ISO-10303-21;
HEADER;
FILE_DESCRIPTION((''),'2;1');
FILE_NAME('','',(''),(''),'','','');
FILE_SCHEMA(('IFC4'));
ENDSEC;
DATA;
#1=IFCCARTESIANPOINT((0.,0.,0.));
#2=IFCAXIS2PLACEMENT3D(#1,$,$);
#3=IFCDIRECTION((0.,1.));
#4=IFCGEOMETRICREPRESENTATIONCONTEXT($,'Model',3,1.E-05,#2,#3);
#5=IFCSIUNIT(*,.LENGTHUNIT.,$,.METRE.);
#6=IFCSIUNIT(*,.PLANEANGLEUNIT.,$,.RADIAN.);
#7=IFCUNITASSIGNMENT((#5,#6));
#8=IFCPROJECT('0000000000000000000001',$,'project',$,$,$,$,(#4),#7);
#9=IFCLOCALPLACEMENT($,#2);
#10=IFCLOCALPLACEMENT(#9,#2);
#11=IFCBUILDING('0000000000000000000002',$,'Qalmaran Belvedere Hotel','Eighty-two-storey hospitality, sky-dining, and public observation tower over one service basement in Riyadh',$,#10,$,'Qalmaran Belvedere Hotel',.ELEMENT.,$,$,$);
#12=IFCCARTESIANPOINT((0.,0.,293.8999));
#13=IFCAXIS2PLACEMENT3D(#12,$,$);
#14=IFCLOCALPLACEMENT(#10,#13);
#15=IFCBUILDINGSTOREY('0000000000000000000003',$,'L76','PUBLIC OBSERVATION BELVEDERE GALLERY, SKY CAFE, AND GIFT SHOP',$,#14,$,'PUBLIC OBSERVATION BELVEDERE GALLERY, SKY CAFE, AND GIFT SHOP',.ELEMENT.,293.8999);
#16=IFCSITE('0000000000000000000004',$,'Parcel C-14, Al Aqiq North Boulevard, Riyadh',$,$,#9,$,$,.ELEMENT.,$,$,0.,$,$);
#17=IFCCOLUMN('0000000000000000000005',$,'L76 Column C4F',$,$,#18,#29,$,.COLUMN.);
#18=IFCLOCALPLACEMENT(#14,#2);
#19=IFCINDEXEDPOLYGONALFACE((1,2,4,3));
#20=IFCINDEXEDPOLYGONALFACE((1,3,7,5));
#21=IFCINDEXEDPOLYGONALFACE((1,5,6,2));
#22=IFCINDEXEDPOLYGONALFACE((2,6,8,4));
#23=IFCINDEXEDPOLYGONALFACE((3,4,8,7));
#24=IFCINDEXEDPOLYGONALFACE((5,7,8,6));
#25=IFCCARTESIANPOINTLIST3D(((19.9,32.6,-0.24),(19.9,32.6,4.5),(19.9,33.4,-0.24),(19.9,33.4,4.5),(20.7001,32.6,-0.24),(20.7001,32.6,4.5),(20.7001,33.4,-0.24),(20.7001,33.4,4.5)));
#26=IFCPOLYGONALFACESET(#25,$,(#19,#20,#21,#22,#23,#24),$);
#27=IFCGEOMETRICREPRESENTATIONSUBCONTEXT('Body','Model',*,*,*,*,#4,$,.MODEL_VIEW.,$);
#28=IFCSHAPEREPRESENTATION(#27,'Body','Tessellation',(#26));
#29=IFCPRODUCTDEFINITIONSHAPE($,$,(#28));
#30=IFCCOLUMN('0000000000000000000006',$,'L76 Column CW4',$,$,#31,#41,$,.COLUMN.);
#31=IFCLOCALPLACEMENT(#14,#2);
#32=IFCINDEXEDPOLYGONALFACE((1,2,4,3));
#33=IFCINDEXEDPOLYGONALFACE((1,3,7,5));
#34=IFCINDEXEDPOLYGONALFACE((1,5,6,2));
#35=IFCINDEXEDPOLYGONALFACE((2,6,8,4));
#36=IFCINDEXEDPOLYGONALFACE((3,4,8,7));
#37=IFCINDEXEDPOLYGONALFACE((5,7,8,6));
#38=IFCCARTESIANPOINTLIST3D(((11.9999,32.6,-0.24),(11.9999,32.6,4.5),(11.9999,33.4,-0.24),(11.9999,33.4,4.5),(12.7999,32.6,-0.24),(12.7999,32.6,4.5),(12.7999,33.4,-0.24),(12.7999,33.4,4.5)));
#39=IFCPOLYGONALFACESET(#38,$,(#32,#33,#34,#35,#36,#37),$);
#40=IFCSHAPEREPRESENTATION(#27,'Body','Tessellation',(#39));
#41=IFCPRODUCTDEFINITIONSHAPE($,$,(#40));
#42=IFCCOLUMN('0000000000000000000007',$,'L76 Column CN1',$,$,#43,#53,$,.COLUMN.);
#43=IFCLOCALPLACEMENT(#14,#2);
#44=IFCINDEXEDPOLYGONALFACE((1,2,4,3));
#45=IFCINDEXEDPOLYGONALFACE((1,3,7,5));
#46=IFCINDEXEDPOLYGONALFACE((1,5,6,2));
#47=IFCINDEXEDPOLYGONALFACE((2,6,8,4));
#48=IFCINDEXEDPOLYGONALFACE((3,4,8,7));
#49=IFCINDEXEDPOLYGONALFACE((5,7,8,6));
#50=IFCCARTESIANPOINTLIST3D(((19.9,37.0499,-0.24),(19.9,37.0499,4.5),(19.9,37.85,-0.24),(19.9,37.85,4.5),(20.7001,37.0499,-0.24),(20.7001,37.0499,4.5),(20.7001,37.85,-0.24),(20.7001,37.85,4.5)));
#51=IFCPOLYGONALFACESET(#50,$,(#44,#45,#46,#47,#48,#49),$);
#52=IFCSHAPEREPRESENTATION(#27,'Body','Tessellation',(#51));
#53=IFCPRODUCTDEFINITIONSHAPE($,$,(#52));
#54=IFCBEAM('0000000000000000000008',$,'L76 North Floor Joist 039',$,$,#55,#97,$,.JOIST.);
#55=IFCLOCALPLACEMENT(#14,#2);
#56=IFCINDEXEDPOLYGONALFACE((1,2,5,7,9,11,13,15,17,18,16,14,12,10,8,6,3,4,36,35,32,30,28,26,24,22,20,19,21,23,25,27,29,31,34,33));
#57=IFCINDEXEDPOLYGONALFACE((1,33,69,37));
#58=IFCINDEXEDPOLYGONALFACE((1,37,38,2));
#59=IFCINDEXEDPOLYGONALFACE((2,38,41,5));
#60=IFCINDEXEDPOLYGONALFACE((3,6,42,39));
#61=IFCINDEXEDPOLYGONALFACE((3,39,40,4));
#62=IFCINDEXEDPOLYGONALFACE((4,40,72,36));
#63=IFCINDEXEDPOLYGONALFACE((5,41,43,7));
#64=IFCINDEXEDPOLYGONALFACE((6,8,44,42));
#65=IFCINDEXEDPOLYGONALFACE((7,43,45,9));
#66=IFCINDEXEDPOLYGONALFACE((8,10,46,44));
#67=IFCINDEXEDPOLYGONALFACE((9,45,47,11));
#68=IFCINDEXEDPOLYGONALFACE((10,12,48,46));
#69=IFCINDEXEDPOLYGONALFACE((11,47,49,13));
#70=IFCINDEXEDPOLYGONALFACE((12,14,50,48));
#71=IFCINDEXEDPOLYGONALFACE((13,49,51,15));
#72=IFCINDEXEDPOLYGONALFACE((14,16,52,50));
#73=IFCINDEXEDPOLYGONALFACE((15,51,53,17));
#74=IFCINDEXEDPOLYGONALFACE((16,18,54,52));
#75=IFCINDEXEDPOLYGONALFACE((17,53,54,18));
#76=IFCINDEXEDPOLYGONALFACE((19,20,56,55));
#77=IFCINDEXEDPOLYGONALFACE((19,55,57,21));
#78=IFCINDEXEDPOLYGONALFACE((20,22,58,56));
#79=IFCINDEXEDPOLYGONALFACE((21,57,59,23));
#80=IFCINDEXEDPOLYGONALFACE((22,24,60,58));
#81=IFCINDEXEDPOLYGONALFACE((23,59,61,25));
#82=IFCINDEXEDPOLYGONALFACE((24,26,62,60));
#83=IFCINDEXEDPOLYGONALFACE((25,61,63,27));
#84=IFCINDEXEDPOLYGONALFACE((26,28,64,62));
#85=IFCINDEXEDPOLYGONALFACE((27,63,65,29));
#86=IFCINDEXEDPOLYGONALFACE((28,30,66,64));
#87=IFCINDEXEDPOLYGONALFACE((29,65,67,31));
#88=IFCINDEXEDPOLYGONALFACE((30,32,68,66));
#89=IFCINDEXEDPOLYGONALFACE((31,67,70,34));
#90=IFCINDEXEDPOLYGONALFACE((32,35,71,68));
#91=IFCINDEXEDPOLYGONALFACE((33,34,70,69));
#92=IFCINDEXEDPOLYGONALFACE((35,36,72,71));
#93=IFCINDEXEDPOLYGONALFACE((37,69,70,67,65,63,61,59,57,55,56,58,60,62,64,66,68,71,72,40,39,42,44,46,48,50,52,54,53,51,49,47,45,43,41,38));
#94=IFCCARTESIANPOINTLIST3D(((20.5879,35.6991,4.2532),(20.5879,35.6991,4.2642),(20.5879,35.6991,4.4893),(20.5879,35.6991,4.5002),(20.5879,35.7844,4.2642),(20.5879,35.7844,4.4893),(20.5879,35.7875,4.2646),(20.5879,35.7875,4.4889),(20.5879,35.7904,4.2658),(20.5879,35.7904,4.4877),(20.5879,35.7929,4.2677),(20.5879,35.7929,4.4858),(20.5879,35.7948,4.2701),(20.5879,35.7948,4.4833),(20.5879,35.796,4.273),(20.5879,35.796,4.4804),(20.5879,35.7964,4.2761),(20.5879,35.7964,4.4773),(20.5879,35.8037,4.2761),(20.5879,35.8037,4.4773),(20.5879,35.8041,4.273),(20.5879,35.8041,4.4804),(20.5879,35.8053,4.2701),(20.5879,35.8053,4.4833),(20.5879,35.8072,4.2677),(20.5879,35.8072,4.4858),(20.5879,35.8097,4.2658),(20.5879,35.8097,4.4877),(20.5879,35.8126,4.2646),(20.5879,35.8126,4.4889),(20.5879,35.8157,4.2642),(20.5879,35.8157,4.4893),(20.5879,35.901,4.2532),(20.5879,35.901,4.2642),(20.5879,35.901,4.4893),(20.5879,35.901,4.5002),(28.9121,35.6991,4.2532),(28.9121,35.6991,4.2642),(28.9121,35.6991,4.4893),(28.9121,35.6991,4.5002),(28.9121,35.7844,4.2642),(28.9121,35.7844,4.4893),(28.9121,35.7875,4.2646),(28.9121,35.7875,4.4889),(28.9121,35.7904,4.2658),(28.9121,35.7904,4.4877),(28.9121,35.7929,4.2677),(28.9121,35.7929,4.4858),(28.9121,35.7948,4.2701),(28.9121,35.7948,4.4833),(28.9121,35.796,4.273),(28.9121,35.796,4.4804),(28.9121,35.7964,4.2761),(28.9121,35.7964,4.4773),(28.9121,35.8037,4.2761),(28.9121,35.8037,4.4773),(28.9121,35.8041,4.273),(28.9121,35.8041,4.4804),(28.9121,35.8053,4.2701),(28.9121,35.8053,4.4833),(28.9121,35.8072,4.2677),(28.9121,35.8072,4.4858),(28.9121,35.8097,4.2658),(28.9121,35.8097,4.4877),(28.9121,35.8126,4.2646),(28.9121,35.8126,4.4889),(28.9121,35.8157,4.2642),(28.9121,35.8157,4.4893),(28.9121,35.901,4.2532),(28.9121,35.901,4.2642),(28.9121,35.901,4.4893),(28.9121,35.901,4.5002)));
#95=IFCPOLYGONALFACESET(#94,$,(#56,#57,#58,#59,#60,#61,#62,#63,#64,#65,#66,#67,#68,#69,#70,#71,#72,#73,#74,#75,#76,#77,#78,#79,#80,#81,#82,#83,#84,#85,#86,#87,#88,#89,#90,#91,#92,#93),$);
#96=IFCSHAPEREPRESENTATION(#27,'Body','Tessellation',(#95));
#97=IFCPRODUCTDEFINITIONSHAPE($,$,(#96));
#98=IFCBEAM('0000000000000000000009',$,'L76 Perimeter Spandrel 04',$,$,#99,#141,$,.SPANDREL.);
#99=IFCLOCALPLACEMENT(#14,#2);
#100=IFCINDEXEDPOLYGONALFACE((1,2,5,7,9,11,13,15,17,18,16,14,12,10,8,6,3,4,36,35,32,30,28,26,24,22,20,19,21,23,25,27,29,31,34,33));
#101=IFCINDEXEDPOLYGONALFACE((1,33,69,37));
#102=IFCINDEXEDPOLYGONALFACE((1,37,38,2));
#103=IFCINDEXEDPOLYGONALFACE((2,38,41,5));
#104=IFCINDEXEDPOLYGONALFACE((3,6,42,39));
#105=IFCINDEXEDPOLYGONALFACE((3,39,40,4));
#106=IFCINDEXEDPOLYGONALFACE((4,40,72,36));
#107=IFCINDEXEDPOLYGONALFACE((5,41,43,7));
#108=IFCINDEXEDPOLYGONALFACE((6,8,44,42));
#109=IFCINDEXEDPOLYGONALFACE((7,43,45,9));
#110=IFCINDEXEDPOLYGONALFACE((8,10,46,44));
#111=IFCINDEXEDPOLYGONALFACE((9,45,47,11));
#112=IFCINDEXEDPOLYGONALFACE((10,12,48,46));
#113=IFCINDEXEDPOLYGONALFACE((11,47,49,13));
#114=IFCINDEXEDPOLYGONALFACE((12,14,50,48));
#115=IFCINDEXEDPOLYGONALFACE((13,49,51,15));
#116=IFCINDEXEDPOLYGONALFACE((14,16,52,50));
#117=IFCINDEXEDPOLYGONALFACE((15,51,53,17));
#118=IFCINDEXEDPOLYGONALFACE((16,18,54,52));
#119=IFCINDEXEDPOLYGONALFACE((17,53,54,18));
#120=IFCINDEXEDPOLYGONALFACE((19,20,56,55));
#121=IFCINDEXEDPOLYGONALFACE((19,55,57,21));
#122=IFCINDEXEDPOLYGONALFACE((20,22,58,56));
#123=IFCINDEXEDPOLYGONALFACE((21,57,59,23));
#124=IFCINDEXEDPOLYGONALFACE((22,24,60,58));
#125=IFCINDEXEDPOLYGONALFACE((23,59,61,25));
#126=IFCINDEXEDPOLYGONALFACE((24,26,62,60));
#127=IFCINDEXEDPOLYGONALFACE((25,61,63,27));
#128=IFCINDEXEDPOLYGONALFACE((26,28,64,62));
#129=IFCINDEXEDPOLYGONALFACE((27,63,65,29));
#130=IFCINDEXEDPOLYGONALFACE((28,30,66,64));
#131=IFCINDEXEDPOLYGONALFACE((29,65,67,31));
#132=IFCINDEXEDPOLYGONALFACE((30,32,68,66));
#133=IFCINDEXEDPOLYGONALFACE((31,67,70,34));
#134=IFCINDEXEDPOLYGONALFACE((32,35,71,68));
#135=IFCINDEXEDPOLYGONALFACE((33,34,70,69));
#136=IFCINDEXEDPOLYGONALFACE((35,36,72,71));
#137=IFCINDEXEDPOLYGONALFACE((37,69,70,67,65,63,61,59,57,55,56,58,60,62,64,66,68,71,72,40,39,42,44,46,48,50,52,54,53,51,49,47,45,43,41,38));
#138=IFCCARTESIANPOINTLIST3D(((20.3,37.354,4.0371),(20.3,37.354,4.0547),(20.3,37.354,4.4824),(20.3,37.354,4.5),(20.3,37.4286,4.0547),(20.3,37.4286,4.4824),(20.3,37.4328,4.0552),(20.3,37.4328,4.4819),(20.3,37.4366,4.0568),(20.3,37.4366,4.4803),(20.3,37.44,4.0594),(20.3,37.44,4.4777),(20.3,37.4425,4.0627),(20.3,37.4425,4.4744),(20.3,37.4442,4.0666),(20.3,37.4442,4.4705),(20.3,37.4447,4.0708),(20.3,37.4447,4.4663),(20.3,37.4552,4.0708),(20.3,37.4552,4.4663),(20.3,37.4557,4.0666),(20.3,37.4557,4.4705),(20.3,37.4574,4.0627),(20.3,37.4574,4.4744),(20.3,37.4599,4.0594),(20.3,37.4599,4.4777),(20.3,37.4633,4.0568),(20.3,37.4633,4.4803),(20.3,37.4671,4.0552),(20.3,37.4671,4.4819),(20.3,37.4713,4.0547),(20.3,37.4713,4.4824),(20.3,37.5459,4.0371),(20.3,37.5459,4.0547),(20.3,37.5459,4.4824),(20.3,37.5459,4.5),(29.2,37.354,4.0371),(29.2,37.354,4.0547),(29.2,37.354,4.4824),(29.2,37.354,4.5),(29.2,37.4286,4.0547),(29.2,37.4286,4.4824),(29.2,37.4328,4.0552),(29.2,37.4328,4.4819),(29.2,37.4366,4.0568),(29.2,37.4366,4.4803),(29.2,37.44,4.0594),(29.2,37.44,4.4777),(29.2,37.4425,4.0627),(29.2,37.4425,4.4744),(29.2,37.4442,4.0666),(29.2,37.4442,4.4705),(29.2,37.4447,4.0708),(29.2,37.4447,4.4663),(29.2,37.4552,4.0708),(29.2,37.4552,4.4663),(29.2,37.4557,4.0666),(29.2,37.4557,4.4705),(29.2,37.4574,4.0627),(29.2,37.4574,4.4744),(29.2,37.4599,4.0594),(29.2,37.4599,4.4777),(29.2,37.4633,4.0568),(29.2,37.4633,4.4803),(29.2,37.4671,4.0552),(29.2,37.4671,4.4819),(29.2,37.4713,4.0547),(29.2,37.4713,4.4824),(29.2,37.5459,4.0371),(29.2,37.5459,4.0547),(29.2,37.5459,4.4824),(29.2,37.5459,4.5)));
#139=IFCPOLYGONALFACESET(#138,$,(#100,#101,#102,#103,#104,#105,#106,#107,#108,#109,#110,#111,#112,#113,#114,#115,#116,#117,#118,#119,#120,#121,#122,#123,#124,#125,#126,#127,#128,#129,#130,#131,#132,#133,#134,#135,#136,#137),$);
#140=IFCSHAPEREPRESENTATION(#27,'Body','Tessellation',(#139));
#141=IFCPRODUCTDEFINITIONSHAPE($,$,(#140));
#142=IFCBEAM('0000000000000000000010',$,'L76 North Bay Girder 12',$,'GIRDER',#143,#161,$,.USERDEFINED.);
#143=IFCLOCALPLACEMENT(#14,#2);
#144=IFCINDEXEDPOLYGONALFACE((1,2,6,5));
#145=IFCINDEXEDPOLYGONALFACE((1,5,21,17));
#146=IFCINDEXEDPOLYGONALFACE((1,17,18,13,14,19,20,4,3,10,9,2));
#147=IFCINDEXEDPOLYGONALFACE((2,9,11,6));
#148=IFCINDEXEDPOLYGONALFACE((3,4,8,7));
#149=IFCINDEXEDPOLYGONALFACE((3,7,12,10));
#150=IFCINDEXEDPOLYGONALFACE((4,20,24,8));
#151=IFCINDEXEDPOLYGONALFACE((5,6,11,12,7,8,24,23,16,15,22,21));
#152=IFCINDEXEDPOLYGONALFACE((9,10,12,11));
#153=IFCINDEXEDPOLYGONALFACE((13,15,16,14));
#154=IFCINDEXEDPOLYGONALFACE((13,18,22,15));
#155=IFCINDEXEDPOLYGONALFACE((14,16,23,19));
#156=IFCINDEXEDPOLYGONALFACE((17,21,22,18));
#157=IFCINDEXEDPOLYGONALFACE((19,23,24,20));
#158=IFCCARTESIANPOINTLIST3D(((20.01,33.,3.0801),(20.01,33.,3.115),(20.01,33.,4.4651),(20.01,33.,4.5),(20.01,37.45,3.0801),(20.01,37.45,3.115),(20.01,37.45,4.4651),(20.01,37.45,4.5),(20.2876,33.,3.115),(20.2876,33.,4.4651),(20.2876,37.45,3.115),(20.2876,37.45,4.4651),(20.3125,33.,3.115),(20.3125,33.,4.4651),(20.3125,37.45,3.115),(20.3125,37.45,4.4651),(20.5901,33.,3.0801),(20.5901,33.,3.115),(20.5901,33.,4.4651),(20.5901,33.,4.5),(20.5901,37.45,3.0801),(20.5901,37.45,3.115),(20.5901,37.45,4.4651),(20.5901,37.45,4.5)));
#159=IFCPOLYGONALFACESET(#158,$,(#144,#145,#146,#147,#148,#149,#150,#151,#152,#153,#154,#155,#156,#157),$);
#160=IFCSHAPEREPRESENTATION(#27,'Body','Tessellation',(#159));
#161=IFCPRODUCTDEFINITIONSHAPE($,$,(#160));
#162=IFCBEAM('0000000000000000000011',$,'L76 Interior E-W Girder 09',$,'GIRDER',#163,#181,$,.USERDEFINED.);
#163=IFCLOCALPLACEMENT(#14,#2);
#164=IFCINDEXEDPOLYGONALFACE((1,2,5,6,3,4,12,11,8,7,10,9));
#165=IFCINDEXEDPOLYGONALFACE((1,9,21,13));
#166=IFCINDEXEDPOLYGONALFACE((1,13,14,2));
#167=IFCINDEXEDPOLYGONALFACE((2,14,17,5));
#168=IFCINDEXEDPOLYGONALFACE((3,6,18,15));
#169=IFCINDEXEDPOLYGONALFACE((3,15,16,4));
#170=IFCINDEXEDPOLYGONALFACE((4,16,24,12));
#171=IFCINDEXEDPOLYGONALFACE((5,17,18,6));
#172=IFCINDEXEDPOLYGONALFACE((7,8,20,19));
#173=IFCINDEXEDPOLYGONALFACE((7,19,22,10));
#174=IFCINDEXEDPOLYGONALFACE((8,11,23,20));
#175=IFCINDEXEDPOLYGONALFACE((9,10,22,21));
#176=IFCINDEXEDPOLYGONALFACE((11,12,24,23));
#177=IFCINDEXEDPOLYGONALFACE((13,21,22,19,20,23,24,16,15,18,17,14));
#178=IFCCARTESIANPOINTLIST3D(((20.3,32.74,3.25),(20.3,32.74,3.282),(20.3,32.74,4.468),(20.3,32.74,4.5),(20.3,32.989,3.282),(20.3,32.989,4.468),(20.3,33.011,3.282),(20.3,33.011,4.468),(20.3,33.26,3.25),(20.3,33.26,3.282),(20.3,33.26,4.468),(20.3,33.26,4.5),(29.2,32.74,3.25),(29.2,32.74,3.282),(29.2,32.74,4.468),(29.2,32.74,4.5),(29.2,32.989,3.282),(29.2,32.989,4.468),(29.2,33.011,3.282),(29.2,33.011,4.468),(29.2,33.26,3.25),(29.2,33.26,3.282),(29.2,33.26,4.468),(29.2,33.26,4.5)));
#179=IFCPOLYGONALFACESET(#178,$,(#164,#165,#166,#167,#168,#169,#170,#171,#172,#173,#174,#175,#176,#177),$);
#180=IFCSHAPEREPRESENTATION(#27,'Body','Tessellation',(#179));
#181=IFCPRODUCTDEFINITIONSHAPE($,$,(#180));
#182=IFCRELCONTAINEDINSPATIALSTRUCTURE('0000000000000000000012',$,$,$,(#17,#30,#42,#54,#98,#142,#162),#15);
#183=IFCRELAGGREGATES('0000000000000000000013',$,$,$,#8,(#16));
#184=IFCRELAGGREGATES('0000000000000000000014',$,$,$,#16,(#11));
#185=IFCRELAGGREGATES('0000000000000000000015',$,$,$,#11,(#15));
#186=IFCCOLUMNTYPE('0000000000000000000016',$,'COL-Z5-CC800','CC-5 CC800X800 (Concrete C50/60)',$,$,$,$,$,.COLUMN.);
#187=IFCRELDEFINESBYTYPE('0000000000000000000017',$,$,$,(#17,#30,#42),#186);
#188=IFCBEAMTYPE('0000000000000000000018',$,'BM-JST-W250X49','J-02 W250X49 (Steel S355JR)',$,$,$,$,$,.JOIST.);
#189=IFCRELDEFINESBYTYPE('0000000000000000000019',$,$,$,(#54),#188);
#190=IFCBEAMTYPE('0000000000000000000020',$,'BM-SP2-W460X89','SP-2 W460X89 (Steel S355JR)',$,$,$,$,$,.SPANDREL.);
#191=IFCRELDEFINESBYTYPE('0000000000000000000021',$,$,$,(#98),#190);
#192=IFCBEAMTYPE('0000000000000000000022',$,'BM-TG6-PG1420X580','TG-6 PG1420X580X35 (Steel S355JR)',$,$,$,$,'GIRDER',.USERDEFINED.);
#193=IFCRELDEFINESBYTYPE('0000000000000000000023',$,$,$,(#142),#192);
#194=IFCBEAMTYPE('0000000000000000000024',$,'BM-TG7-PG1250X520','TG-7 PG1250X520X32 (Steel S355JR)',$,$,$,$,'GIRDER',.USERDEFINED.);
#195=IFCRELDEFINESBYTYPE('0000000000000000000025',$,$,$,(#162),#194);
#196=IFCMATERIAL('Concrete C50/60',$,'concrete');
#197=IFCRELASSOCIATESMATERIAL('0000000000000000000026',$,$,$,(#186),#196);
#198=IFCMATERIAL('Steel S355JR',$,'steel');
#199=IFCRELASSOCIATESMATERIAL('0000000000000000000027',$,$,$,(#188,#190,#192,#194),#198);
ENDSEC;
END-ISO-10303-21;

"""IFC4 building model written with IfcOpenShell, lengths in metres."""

from ifc_helpers import new_model, si_unit, direction, frame, origin, origin_2d, place, context, subcontext, project, spatial, rectangle, i_section, extrude, material, material_profile, profile_set, type_object, element, save


model = new_model("IFC4")

# Units and contexts
model_context = context("Model", 3, precision=1e-05, world=origin(), true_north=direction((0.0, 1.0)))
body_context = subcontext(model_context, "Body", "Model", "MODEL_VIEW")
ifc_project = project(units=[si_unit("LENGTHUNIT", "METRE"), si_unit("PLANEANGLEUNIT", "RADIAN")], contexts=[model_context])

# Site, building, storey
site_placement = place(None, origin())
site = spatial("IfcSite", under=ifc_project, at=site_placement, Name="Parcel C-14, Al Aqiq North Boulevard, Riyadh", CompositionType="ELEMENT", RefElevation=0.0)
building_placement = place(site_placement, origin())
building = spatial("IfcBuilding", under=site, at=building_placement, Name="Qalmaran Belvedere Hotel", Description="Eighty-two-storey hospitality, sky-dining, and public observation tower over one service basement in Riyadh", LongName="Qalmaran Belvedere Hotel", CompositionType="ELEMENT")
storey_placement = place(building_placement, frame((0.0, 0.0, 293.8999)))
storey = spatial("IfcBuildingStorey", under=building, at=storey_placement, Name="L76", Description="PUBLIC OBSERVATION BELVEDERE GALLERY, SKY CAFE, AND GIFT SHOP", LongName="PUBLIC OBSERVATION BELVEDERE GALLERY, SKY CAFE, AND GIFT SHOP", CompositionType="ELEMENT", Elevation=293.8999)

# Columns
ifc_material_1 = material(Name="Concrete C50/60", Category="concrete")
ifc_material_profile_1 = material_profile(ifc_material_1, rectangle(XDim=0.8, YDim=0.8, at=origin_2d()), Name="CC800X800")
ifc_profile_set_1 = profile_set([ifc_material_profile_1], Name="Concrete C50/60")
column_type = type_object("IfcColumnType", Name="COL-Z5-CC800", Description="CC-5 CC800X800 (Concrete C50/60)", PredefinedType="COLUMN", material=ifc_profile_set_1)
for number, where, z_axis, x_axis, name in (
    (1, (20.3, 33.0, -0.24), (0.0, 0.0, 1.0), (1.0, 0.0, 0.0), "L76 Column C4F"),
    (2, (12.3999, 33.0, -0.24), (0.0, 0.0, 1.0), (1.0, 0.0, 0.0), "L76 Column CW4"),
    (3, (20.3, 37.45, -0.24), (0.0, 0.0, 1.0), (1.0, 0.0, 0.0), "L76 Column CN1"),
):
    element("IfcColumn", number, at=place(storey_placement, frame(where, z_axis=z_axis, x_axis=x_axis)), inside=storey, type_object=column_type, Name=name, PredefinedType="COLUMN", context=body_context, shape_type="SweptSolid", body=[
        extrude(rectangle(XDim=0.8, YDim=0.8, at=origin_2d()), origin(), (0.0, 0.0, 1.0), 4.74),
    ])

# Beams
ifc_material_2 = material(Name="Steel S355JR", Category="steel")
ifc_material_profile_2 = material_profile(ifc_material_2, i_section(OverallWidth=0.2019, OverallDepth=0.2471, WebThickness=0.0073, FlangeThickness=0.011, FilletRadius=0.012, at=origin_2d()), Name="W250X49")
ifc_profile_set_2 = profile_set([ifc_material_profile_2], Name="Steel S355JR")
beam_type_1 = type_object("IfcBeamType", Name="BM-JST-W250X49", Description="J-02 W250X49 (Steel S355JR)", PredefinedType="JOIST", material=ifc_profile_set_2)
beam_1_placement = place(storey_placement, frame((20.5879, 35.8, 4.3767), z_axis=(1.0, 0.0, 0.0), x_axis=(0.0, 1.0, 0.0)))
element("IfcBeam", 4, at=beam_1_placement, inside=storey, type_object=beam_type_1, Name="L76 North Floor Joist 039", PredefinedType="JOIST", context=body_context, shape_type="SweptSolid", body=[
    extrude(i_section(OverallWidth=0.2019, OverallDepth=0.2471, WebThickness=0.0073, FlangeThickness=0.011, FilletRadius=0.012, at=origin_2d()), origin(), (0.0, 0.0, 1.0), 8.3242),
])
ifc_material_profile_3 = material_profile(ifc_material_2, i_section(OverallWidth=0.1919, OverallDepth=0.4629, WebThickness=0.0105, FlangeThickness=0.0176, FilletRadius=0.0161, at=origin_2d()), Name="W460X89")
ifc_profile_set_3 = profile_set([ifc_material_profile_3], Name="Steel S355JR")
beam_type_2 = type_object("IfcBeamType", Name="BM-SP2-W460X89", Description="SP-2 W460X89 (Steel S355JR)", PredefinedType="SPANDREL", material=ifc_profile_set_3)
beam_2_placement = place(storey_placement, frame((20.3, 37.45, 4.2686), z_axis=(1.0, 0.0, 0.0), x_axis=(0.0, 1.0, 0.0)))
element("IfcBeam", 5, at=beam_2_placement, inside=storey, type_object=beam_type_2, Name="L76 Perimeter Spandrel 04", PredefinedType="SPANDREL", context=body_context, shape_type="SweptSolid", body=[
    extrude(i_section(OverallWidth=0.1919, OverallDepth=0.4629, WebThickness=0.0105, FlangeThickness=0.0176, FilletRadius=0.0161, at=origin_2d()), origin(), (0.0, 0.0, 1.0), 8.8999),
])
ifc_material_profile_4 = material_profile(ifc_material_2, i_section(OverallWidth=0.5801, OverallDepth=1.4199, WebThickness=0.0249, FlangeThickness=0.0349, at=origin_2d()), Name="PG1420X580X35")
ifc_profile_set_4 = profile_set([ifc_material_profile_4], Name="Steel S355JR")
beam_type_3 = type_object("IfcBeamType", Name="BM-TG6-PG1420X580", Description="TG-6 PG1420X580X35 (Steel S355JR)", ElementType="GIRDER", PredefinedType="USERDEFINED", material=ifc_profile_set_4)
beam_3_placement = place(storey_placement, frame((20.3, 33.0, 3.79), z_axis=(0.0, 1.0, 0.0), x_axis=(-1.0, 0.0, 0.0)))
element("IfcBeam", 6, at=beam_3_placement, inside=storey, type_object=beam_type_3, Name="L76 North Bay Girder 12", ObjectType="GIRDER", PredefinedType="USERDEFINED", context=body_context, shape_type="SweptSolid", body=[
    extrude(i_section(OverallWidth=0.5801, OverallDepth=1.4199, WebThickness=0.0249, FlangeThickness=0.0349, at=origin_2d()), origin(), (0.0, 0.0, 1.0), 4.45),
])
ifc_material_profile_5 = material_profile(ifc_material_2, i_section(OverallWidth=0.52, OverallDepth=1.25, WebThickness=0.022, FlangeThickness=0.032, at=origin_2d()), Name="PG1250X520X32")
ifc_profile_set_5 = profile_set([ifc_material_profile_5], Name="Steel S355JR")
beam_type_4 = type_object("IfcBeamType", Name="BM-TG7-PG1250X520", Description="TG-7 PG1250X520X32 (Steel S355JR)", ElementType="GIRDER", PredefinedType="USERDEFINED", material=ifc_profile_set_5)
beam_4_placement = place(storey_placement, frame((20.3, 33.0, 3.875), z_axis=(1.0, 0.0, 0.0), x_axis=(0.0, 1.0, 0.0)))
element("IfcBeam", 7, at=beam_4_placement, inside=storey, type_object=beam_type_4, Name="L76 Interior E-W Girder 09", ObjectType="GIRDER", PredefinedType="USERDEFINED", context=body_context, shape_type="SweptSolid", body=[
    extrude(i_section(OverallWidth=0.52, OverallDepth=1.25, WebThickness=0.022, FlangeThickness=0.032, at=origin_2d()), origin(), (0.0, 0.0, 1.0), 8.8999),
])

save(model, "model.ifc")
